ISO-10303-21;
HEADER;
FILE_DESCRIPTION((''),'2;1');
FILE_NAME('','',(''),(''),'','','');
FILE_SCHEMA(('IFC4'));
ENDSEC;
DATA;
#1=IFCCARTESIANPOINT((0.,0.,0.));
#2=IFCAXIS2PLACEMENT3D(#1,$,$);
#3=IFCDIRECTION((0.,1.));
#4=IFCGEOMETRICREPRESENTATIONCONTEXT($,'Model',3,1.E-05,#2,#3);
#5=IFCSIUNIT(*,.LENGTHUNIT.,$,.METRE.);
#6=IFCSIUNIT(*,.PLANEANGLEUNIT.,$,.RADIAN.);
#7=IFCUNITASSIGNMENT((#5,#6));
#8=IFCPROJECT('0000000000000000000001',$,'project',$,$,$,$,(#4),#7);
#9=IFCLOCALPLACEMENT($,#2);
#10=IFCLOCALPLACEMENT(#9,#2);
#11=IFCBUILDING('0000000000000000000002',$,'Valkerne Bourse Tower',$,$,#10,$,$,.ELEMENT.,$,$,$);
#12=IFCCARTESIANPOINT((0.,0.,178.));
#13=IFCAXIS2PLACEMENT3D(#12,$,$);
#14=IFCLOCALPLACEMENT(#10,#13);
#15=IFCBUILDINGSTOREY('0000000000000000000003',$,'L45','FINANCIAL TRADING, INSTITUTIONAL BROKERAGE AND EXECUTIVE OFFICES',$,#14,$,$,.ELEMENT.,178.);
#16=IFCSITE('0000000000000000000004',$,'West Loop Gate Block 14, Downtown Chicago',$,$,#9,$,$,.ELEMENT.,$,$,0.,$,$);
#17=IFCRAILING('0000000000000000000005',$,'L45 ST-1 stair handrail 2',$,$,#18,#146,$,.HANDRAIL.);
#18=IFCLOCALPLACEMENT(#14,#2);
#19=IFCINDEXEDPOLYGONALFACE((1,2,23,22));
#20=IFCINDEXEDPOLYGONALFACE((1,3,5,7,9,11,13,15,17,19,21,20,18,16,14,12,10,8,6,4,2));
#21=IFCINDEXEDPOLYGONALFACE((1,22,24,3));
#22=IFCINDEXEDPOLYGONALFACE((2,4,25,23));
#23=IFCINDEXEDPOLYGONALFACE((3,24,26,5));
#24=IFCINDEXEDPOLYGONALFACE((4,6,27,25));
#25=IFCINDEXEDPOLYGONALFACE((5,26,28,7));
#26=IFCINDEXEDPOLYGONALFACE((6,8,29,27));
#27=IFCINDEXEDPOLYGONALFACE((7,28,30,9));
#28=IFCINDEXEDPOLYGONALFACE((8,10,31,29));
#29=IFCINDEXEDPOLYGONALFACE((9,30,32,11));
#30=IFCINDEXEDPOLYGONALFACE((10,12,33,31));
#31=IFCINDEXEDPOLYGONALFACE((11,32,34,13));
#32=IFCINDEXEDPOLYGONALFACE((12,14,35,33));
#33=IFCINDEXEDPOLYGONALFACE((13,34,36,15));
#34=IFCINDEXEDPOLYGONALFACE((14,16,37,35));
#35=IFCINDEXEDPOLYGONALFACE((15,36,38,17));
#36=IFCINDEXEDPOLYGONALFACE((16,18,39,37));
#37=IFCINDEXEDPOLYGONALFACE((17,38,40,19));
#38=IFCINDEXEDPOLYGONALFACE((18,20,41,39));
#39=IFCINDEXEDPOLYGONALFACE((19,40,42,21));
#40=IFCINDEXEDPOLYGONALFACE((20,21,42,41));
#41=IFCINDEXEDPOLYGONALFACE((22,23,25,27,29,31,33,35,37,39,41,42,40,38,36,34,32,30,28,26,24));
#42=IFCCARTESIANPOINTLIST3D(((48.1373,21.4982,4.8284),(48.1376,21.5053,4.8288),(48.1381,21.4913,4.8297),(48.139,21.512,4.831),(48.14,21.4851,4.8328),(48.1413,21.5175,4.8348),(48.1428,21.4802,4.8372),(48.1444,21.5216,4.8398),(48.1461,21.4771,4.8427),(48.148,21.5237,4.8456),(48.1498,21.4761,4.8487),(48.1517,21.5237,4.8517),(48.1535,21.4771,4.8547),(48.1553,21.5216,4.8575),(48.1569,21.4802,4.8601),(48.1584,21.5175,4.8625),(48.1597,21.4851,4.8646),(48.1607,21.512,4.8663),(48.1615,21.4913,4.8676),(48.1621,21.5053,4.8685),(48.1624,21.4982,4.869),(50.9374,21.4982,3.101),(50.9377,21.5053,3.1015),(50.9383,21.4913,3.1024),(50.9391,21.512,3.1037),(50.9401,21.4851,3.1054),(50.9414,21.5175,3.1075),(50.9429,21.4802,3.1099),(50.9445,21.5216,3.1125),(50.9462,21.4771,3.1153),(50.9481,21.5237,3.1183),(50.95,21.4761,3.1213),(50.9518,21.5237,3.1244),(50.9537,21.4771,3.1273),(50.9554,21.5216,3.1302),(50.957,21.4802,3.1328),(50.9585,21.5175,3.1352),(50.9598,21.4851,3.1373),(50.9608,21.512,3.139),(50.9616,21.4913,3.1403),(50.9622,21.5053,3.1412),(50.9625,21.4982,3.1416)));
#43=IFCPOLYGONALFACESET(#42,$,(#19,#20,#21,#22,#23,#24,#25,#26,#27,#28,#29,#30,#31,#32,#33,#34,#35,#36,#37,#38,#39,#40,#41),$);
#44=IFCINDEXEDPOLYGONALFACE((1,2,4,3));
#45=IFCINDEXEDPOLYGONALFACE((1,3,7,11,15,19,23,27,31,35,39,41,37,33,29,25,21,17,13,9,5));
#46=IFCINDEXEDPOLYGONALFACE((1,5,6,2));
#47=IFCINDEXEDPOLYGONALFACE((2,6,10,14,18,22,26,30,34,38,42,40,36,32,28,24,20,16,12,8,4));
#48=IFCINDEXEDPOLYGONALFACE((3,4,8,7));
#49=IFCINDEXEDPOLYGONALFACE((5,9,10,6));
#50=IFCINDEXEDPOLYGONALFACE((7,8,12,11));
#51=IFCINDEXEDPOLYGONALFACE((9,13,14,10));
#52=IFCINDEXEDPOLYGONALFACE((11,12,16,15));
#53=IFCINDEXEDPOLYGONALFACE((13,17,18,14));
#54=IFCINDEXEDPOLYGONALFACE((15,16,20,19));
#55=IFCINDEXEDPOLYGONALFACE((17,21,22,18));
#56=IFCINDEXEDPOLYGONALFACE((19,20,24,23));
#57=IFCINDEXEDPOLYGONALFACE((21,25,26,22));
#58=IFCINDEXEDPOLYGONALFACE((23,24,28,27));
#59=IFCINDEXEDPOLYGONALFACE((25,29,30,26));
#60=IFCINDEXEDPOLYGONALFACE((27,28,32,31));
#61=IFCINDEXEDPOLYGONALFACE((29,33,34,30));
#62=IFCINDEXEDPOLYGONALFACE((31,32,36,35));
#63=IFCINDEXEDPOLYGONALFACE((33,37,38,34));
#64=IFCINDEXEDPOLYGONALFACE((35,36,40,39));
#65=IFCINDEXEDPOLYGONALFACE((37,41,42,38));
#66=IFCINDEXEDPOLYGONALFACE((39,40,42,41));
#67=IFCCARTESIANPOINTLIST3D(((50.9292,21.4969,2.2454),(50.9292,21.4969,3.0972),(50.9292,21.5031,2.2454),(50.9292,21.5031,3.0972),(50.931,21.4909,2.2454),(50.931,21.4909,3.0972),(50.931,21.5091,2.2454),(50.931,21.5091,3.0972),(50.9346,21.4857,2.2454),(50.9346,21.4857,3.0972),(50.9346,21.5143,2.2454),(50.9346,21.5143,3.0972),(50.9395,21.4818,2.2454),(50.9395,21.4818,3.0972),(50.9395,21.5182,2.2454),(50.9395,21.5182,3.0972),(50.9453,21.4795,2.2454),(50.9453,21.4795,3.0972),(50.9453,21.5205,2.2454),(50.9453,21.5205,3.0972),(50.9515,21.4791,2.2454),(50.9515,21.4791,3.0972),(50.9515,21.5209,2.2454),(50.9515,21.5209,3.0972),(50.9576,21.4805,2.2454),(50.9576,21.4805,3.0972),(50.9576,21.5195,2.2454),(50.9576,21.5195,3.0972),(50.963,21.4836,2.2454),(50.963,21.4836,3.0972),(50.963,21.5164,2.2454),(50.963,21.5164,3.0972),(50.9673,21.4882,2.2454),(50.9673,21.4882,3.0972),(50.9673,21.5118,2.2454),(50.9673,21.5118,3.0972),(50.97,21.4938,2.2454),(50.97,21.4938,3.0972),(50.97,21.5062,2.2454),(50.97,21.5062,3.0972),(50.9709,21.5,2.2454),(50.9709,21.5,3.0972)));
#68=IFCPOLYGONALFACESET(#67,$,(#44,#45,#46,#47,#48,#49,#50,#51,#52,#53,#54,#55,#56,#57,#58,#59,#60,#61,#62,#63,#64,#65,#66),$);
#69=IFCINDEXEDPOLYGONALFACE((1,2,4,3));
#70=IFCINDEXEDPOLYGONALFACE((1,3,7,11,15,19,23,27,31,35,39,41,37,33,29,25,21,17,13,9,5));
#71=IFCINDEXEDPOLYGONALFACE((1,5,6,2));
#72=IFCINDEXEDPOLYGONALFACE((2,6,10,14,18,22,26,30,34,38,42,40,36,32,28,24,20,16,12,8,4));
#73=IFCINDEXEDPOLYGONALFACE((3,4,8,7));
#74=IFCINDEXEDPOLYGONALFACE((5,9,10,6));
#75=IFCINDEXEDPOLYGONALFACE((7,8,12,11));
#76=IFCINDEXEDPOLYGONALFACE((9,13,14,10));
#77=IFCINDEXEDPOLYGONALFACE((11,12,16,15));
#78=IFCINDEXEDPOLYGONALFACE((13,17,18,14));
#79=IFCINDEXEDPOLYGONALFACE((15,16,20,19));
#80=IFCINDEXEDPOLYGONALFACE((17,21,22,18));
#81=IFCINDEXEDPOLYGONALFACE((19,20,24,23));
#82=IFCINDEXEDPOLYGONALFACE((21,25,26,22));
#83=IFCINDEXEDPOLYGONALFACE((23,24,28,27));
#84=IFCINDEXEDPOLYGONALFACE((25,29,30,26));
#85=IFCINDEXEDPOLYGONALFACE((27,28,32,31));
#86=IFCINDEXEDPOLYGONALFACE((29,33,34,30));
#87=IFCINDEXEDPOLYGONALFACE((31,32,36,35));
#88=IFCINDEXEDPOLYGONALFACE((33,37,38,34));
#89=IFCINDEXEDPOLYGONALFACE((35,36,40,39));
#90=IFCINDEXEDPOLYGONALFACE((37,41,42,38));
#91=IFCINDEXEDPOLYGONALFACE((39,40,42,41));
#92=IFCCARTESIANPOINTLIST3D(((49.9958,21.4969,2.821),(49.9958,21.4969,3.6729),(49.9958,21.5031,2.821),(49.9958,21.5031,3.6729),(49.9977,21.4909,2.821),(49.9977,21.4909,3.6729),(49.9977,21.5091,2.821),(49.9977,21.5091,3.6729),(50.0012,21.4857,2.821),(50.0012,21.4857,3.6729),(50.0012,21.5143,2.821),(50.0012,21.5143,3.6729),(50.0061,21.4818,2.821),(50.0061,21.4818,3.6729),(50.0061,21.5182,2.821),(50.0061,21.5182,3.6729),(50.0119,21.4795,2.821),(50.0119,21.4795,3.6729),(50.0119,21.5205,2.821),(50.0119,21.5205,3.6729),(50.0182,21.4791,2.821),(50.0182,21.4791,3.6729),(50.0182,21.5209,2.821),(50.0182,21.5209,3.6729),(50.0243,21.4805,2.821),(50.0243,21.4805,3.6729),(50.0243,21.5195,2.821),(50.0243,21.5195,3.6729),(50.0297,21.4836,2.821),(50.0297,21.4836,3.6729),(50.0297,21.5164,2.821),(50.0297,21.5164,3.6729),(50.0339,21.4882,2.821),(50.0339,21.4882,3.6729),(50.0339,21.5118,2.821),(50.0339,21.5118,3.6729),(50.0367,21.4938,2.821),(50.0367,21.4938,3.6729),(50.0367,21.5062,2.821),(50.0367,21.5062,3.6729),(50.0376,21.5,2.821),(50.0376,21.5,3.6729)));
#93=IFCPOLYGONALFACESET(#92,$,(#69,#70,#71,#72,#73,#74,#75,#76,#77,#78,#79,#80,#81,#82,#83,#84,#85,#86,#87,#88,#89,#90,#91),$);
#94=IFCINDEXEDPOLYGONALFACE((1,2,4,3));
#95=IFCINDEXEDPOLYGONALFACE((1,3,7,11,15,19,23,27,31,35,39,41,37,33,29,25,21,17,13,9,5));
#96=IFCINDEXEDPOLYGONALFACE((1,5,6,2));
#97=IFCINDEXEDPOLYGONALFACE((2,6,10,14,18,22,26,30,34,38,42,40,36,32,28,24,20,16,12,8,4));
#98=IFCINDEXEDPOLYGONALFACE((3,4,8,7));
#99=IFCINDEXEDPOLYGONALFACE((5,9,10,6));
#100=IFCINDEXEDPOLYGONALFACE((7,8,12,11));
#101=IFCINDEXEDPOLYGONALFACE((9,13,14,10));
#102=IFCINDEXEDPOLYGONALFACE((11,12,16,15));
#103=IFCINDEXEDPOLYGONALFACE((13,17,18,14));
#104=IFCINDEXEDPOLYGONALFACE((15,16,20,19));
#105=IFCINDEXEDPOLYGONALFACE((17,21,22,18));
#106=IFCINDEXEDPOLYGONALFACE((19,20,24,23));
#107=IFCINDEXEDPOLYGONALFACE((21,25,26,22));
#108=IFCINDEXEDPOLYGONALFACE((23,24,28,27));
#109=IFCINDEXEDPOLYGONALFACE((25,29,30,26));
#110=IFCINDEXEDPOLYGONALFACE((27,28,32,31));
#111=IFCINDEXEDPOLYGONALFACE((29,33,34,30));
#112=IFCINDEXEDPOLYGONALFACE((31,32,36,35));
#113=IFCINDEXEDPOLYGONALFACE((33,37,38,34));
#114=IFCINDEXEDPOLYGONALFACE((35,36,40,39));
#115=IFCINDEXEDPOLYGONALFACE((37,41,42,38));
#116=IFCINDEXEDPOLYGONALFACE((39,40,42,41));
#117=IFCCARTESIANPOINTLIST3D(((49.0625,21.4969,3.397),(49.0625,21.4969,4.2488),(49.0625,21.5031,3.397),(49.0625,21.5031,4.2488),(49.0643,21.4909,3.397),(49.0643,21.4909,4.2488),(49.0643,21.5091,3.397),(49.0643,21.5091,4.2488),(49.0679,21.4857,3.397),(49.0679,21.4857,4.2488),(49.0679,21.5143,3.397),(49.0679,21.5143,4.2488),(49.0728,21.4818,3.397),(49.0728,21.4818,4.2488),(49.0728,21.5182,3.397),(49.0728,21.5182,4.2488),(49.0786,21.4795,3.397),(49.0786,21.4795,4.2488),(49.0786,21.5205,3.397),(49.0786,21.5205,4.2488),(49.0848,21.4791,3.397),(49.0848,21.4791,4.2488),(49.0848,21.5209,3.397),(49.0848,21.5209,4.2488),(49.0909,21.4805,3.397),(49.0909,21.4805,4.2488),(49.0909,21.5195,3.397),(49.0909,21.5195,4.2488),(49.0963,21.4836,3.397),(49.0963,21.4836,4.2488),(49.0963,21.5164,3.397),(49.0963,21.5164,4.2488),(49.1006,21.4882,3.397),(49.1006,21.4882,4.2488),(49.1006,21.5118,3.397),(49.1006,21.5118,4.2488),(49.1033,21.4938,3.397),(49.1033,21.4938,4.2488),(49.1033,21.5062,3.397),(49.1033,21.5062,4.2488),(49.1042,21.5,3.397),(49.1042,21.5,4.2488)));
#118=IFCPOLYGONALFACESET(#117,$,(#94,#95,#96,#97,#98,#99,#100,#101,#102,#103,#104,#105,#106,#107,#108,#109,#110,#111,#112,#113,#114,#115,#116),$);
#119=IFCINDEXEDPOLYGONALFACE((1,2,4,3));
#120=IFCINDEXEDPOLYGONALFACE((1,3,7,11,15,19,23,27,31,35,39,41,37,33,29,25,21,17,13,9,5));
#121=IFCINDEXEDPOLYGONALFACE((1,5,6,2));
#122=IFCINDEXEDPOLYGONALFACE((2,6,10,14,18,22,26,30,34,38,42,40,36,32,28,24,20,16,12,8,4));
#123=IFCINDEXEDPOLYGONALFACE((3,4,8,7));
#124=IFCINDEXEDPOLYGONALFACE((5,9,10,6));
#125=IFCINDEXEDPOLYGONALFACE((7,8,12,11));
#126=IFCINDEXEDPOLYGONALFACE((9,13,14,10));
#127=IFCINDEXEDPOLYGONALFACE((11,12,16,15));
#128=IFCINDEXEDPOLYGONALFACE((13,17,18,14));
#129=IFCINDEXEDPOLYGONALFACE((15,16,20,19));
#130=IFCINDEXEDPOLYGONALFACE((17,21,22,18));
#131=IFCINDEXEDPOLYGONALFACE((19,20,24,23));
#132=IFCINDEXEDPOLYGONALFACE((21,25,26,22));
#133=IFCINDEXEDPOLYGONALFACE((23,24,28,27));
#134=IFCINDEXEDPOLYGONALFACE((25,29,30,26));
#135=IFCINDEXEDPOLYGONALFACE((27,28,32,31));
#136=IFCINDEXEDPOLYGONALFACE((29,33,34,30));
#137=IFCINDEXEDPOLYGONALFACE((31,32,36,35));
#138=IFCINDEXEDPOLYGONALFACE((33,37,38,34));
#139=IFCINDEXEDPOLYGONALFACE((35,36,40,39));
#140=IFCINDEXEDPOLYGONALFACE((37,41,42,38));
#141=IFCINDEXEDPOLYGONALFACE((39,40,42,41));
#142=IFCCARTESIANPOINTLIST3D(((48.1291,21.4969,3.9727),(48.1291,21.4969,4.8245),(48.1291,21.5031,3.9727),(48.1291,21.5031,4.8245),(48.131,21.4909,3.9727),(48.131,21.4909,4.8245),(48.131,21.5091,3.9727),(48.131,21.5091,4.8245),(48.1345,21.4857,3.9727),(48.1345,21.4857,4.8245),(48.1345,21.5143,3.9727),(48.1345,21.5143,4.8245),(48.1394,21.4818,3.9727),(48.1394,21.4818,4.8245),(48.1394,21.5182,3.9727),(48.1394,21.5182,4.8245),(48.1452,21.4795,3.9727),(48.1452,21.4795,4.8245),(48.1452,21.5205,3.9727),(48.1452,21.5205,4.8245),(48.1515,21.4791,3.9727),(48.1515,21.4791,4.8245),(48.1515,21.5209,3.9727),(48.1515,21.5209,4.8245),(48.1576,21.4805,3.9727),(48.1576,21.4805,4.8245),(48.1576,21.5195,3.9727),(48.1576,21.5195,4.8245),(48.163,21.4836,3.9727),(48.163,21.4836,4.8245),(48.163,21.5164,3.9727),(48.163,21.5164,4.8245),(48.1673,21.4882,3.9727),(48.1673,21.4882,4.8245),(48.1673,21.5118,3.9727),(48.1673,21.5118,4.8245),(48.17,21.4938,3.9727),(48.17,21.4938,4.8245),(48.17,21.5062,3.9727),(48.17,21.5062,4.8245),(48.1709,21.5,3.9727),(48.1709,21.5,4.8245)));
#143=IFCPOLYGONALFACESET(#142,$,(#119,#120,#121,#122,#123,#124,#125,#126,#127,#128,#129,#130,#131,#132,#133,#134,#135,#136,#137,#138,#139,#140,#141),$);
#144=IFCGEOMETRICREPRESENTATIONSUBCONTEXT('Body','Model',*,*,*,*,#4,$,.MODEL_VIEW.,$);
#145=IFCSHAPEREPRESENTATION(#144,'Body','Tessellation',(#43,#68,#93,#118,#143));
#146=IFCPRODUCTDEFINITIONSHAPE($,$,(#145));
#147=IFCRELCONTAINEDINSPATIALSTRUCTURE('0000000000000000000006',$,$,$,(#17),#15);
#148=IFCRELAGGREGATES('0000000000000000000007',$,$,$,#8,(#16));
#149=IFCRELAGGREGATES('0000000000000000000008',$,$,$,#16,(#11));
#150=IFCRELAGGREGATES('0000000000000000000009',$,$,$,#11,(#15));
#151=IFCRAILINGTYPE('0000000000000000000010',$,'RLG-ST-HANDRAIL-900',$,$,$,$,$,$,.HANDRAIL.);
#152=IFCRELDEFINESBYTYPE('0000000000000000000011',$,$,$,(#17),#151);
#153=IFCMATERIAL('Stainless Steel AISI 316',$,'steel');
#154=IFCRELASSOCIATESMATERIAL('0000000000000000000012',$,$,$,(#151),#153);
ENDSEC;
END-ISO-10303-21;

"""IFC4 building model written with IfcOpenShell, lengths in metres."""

from ifc_helpers import new_model, si_unit, direction, frame, origin, origin_2d, place, context, subcontext, project, spatial, circle, extrude, material, type_object, element, save


model = new_model("IFC4")

# Units and contexts
model_context = context("Model", 3, precision=1e-05, world=origin(), true_north=direction((0.0, 1.0)))
body_context = subcontext(model_context, "Body", "Model", "MODEL_VIEW")
ifc_project = project(units=[si_unit("LENGTHUNIT", "METRE"), si_unit("PLANEANGLEUNIT", "RADIAN")], contexts=[model_context])

# Site, building, storey
site_placement = place(None, origin())
site = spatial("IfcSite", under=ifc_project, at=site_placement, Name="West Loop Gate Block 14, Downtown Chicago", CompositionType="ELEMENT", RefElevation=0.0)
building_placement = place(site_placement, origin())
building = spatial("IfcBuilding", under=site, at=building_placement, Name="Valkerne Bourse Tower", CompositionType="ELEMENT")
storey_placement = place(building_placement, frame((0.0, 0.0, 178.0)))
storey = spatial("IfcBuildingStorey", under=building, at=storey_placement, Name="L45", Description="FINANCIAL TRADING, INSTITUTIONAL BROKERAGE AND EXECUTIVE OFFICES", CompositionType="ELEMENT", Elevation=178.0)

# Shared definitions
ifc_material_1 = material(Name="Stainless Steel AISI 316", Category="steel")

# Railing
railing_type_1 = type_object("IfcRailingType", Name="RLG-ST-HANDRAIL-900", PredefinedType="HANDRAIL", material=ifc_material_1)
railing_1_placement = place(storey_placement, frame((50.95, 21.5, 2.2454)))
element("IfcRailing", 1, at=railing_1_placement, inside=storey, type_object=railing_type_1, Name="L45 ST-1 stair handrail 2", PredefinedType="HANDRAIL", context=body_context, shape_type="SweptSolid", body=[
    extrude(circle(Radius=0.0239, at=origin_2d()), frame((0.0, 0.0, 0.876), z_axis=(-0.85109, 0.0, 0.52502), x_axis=(0.0, -1.0, 0.0)), (0.0, 0.0, 1.0), 3.29),
    extrude(circle(Radius=0.021, at=origin_2d()), origin(), (0.0, 0.0, 1.0), 0.8518),
    extrude(circle(Radius=0.021, at=origin_2d()), frame((-0.9333, 0.0, 0.5757)), (0.0, 0.0, 1.0), 0.8518),
    extrude(circle(Radius=0.021, at=origin_2d()), frame((-1.8667, 0.0, 1.1516)), (0.0, 0.0, 1.0), 0.8518),
    extrude(circle(Radius=0.021, at=origin_2d()), frame((-2.8, 0.0, 1.7273)), (0.0, 0.0, 1.0), 0.8518),
])

save(model, "model.ifc")
